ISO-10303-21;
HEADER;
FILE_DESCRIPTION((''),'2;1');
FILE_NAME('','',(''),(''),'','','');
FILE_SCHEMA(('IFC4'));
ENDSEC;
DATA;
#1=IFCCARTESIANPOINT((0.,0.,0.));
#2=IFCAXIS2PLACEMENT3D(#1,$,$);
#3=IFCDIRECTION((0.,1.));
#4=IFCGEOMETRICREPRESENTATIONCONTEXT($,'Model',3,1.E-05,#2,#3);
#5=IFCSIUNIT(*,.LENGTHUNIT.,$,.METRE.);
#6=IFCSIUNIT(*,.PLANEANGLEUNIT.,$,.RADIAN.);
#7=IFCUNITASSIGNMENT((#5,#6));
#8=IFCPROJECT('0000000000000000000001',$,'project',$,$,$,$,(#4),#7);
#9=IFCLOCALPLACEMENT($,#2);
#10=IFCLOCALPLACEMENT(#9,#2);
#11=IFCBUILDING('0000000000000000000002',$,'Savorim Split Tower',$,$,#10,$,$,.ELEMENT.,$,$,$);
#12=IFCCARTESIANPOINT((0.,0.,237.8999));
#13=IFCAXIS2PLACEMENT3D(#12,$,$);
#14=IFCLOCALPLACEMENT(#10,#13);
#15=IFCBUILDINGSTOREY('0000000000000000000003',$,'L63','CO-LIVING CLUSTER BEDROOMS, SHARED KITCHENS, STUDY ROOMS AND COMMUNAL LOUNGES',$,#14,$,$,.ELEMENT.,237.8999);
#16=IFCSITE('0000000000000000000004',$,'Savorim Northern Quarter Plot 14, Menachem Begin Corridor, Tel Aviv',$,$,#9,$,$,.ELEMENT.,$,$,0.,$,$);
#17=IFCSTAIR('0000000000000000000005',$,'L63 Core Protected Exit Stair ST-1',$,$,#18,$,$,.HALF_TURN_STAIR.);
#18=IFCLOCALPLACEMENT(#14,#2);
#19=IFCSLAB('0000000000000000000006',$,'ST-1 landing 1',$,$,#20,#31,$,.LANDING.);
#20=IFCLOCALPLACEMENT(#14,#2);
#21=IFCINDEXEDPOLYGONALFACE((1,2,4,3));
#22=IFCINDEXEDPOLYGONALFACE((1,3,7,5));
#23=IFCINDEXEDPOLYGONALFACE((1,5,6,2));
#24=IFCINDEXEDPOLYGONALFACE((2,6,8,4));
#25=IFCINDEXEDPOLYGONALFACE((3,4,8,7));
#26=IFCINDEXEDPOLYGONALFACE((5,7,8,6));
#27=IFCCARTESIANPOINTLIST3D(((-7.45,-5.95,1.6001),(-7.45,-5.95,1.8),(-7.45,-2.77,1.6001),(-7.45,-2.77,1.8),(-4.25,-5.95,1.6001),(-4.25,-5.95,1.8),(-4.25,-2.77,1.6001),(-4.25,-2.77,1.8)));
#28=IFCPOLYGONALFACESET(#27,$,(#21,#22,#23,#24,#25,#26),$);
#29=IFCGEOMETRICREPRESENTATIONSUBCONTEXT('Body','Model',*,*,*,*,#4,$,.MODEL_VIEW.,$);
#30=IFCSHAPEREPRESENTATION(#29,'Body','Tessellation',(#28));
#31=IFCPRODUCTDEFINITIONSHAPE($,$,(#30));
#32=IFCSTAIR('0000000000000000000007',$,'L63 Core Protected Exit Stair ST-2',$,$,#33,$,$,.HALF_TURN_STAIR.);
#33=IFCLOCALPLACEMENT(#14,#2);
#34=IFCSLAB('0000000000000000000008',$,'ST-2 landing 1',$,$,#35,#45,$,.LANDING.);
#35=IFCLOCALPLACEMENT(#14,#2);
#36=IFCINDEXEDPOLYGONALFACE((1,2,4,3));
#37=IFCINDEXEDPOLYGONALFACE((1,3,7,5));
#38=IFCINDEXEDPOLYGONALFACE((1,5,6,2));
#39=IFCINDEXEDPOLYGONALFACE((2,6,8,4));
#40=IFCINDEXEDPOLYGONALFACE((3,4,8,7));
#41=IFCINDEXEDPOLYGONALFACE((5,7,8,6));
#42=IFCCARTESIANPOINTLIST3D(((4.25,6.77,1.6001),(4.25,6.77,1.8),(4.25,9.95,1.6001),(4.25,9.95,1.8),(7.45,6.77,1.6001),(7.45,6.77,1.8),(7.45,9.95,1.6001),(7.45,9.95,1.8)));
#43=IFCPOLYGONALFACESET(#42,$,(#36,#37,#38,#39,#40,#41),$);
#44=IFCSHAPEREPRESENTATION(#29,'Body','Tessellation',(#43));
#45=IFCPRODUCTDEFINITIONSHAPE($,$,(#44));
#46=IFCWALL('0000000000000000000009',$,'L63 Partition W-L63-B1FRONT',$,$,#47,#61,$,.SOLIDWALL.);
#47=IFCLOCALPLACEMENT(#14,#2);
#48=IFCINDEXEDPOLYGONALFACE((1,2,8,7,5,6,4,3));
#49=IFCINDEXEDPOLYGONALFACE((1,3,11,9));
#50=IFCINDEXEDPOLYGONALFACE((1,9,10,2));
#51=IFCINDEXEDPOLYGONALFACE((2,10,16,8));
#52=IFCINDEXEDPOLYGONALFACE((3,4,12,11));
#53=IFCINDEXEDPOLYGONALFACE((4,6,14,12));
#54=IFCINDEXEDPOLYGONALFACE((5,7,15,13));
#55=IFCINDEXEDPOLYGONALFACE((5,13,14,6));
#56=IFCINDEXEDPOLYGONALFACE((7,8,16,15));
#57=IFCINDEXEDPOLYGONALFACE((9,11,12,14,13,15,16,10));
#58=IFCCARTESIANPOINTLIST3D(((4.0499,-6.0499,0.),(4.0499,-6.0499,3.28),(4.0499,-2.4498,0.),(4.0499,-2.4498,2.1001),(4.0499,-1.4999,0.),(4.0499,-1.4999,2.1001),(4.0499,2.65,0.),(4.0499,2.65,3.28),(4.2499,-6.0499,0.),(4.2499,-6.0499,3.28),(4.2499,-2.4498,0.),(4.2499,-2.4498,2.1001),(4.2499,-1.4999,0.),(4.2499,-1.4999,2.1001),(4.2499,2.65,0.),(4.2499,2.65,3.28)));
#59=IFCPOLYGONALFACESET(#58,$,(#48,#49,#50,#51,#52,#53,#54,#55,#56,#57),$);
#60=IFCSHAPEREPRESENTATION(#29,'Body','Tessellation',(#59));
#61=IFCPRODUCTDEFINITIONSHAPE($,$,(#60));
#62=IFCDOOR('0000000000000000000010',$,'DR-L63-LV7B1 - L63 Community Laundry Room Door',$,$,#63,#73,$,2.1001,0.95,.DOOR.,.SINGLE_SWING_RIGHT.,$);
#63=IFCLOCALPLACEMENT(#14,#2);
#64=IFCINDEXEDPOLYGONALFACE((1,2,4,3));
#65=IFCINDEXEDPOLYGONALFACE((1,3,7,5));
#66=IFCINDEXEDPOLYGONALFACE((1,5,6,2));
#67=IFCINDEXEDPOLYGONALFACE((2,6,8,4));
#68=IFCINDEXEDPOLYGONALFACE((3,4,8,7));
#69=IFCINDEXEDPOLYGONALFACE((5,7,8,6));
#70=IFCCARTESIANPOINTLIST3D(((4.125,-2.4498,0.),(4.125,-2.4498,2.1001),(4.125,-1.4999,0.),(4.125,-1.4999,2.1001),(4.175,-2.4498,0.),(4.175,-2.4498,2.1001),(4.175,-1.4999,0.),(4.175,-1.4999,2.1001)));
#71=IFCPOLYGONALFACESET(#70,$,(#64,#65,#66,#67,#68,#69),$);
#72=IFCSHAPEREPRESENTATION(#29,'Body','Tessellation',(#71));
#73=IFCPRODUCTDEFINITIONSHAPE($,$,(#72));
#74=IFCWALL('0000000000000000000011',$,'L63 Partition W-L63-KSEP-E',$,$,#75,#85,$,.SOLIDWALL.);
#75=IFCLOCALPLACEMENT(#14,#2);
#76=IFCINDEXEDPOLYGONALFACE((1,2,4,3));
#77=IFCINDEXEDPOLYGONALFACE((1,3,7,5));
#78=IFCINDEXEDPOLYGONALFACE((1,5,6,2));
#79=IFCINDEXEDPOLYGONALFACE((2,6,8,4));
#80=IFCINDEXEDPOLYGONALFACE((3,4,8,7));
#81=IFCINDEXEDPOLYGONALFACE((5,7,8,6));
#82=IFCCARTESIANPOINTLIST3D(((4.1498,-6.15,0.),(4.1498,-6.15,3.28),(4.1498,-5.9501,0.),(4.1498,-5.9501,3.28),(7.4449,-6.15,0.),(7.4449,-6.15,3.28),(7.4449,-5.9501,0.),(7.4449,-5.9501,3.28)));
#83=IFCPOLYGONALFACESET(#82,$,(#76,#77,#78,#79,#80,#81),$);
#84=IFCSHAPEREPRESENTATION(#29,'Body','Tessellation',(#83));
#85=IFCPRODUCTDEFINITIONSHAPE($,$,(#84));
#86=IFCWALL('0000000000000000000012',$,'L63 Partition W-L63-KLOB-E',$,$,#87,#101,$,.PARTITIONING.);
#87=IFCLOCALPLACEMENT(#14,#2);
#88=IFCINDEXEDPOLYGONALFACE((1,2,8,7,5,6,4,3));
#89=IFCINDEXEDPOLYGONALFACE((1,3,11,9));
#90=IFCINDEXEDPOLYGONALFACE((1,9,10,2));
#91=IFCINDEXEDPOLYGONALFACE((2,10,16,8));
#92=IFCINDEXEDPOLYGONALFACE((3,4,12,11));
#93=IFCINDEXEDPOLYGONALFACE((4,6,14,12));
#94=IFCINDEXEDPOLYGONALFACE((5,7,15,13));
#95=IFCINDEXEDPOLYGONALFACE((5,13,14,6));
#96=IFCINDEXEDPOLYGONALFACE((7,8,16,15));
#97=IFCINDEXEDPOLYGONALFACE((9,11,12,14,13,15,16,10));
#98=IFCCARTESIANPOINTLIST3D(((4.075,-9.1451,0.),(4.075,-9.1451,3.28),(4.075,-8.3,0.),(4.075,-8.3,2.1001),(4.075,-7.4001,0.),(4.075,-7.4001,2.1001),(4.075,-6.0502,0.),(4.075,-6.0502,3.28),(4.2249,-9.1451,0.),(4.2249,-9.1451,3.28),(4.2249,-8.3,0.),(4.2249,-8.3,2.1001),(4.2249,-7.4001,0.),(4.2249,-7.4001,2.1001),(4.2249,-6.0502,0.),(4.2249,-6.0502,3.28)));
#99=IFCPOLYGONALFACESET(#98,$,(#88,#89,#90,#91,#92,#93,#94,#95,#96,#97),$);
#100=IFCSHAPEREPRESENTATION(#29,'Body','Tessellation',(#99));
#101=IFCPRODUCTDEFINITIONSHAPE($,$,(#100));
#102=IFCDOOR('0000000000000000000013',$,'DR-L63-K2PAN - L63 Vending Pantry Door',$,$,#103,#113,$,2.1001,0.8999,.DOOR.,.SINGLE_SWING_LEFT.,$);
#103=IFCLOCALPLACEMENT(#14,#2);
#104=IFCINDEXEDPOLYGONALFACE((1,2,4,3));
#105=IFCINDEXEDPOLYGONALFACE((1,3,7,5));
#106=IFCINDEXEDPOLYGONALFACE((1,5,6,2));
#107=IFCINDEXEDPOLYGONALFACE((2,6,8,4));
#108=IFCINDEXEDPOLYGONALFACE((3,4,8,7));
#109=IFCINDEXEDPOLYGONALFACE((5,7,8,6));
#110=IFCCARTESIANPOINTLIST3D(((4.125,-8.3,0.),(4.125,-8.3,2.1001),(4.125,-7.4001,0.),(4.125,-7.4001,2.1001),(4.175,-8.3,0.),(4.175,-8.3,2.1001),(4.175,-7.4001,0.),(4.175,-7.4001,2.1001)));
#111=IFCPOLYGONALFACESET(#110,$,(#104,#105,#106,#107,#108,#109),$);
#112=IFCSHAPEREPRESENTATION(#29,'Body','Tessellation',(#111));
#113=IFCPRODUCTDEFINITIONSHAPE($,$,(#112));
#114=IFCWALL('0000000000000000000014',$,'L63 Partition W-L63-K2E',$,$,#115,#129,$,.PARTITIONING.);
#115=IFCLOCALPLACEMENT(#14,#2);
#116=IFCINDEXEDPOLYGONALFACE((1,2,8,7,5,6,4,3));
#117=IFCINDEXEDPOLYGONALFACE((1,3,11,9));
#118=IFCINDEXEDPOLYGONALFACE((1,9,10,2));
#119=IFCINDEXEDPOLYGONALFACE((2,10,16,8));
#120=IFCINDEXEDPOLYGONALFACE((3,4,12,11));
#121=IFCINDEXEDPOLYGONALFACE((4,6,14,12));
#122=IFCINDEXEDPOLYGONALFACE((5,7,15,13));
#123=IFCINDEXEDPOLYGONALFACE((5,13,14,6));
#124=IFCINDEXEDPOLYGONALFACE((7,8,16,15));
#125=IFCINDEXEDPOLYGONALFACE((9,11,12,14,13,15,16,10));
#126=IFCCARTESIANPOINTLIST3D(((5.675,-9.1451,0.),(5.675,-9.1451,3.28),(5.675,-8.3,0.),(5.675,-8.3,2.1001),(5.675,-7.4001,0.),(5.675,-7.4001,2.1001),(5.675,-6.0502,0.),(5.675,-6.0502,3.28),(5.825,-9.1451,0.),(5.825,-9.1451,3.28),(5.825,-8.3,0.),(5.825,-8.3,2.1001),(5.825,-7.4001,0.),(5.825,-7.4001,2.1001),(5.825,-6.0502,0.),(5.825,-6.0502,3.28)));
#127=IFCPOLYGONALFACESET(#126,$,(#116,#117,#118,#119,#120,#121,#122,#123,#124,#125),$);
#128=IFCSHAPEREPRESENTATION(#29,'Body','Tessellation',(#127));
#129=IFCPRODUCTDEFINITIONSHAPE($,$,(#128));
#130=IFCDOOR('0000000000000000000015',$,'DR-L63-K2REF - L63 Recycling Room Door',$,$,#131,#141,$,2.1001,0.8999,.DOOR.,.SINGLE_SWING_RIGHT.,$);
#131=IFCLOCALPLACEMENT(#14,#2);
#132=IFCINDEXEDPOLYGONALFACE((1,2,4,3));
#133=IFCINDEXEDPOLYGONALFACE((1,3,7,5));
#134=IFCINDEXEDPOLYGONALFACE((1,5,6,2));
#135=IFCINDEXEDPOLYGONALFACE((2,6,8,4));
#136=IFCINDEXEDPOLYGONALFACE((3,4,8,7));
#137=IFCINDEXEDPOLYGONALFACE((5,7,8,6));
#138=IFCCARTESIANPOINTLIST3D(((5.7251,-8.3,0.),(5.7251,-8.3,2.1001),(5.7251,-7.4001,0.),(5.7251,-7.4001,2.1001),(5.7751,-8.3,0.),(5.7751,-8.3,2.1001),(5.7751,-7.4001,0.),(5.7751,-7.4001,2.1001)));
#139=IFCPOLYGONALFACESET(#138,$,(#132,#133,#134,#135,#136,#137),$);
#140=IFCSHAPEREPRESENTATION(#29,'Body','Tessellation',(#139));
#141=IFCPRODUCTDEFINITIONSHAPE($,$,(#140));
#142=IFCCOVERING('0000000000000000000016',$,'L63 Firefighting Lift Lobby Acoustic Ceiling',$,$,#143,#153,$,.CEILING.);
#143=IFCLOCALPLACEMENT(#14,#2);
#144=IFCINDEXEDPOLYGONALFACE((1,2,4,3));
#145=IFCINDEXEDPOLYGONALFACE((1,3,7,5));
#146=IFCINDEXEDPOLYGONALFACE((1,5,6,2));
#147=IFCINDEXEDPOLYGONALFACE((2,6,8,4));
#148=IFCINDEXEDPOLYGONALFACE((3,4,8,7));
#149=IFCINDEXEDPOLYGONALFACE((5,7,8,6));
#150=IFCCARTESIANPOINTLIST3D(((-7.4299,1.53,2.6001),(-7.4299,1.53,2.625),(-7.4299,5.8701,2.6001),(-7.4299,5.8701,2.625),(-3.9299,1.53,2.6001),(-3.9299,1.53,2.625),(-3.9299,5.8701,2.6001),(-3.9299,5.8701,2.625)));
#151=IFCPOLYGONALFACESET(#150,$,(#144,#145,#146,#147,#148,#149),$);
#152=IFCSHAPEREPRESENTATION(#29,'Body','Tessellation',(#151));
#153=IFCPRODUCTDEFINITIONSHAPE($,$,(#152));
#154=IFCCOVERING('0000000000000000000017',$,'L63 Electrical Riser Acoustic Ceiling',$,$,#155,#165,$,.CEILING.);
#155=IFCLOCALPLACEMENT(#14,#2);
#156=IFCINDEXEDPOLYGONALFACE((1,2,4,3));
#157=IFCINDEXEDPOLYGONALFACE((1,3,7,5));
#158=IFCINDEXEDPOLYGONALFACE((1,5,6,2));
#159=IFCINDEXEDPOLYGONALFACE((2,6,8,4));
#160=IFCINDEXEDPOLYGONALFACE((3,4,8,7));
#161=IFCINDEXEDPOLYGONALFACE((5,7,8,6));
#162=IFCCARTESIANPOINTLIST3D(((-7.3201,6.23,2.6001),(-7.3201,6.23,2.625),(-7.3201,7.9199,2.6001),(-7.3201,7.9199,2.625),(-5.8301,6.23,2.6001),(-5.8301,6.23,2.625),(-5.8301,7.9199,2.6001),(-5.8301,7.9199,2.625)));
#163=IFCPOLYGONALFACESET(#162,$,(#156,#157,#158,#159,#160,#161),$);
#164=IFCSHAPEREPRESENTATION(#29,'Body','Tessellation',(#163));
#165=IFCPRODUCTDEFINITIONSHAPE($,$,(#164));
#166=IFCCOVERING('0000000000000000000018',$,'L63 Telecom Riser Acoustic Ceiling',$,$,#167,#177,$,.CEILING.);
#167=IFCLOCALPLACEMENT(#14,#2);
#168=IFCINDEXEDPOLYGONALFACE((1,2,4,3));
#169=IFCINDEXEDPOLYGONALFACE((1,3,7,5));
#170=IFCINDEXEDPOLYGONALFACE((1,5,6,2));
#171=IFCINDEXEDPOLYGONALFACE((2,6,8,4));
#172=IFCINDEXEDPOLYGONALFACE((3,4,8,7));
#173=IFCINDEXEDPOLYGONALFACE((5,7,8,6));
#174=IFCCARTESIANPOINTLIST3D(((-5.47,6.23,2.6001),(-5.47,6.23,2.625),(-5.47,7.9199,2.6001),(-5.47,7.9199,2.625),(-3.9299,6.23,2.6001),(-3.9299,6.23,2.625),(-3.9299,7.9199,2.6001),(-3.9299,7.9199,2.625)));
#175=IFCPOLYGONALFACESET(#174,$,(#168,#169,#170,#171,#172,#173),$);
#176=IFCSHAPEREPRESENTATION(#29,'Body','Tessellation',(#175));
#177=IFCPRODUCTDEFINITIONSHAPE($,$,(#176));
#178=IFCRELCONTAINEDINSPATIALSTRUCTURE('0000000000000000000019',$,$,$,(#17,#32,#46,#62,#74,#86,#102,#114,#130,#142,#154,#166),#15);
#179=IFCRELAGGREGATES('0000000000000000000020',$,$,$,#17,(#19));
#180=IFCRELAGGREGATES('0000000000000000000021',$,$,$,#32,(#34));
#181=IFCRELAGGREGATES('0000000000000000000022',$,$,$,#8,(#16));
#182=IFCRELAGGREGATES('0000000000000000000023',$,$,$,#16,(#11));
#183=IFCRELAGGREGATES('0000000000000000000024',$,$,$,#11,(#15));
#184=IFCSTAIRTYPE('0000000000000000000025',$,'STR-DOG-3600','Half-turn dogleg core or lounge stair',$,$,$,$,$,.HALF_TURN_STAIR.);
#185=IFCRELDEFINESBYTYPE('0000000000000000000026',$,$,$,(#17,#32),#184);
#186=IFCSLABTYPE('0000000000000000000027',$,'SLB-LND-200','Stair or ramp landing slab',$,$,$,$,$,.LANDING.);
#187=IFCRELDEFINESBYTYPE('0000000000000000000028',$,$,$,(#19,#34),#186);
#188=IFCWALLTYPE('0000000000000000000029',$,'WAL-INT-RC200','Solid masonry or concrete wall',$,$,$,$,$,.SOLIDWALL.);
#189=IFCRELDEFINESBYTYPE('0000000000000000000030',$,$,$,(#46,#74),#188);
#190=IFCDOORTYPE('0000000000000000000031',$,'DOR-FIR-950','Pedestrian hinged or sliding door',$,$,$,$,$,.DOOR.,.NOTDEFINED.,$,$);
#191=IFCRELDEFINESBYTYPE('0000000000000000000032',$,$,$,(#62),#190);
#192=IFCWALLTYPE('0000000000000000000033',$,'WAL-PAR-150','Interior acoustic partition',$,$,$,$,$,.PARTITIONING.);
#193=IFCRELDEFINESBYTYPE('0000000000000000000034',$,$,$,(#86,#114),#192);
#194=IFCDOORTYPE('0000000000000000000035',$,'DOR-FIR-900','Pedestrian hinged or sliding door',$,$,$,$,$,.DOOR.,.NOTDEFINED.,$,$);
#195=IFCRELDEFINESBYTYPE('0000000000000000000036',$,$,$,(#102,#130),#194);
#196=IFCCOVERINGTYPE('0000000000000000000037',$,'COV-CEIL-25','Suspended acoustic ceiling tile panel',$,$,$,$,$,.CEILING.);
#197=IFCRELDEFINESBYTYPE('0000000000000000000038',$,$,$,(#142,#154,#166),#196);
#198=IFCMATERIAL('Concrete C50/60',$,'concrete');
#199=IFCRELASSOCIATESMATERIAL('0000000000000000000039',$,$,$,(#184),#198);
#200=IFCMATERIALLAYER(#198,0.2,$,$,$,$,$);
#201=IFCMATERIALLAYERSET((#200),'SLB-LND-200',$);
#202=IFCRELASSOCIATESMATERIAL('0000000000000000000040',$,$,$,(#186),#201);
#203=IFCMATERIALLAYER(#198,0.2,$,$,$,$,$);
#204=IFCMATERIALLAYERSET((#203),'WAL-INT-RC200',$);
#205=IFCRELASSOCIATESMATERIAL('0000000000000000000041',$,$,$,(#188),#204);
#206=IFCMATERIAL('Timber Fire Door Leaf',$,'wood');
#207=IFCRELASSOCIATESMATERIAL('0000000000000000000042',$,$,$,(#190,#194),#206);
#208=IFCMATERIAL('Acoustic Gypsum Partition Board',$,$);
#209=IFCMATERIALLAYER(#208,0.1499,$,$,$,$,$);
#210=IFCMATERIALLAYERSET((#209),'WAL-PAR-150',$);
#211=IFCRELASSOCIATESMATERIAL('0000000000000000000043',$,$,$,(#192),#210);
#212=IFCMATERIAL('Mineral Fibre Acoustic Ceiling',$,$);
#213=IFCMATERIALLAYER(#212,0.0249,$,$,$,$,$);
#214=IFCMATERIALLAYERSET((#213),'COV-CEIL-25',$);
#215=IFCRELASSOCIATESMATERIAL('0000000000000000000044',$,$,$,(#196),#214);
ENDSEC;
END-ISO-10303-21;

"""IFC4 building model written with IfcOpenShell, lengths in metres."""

from ifc_helpers import new_model, si_unit, direction, frame, frame_2d, origin, place, context, subcontext, project, spatial, polyline, rectangle, outline, extrude, material, layer, layer_set, type_object, element, fill, aggregate, save


model = new_model("IFC4")

# Units and contexts
model_context = context("Model", 3, precision=1e-05, world=origin(), true_north=direction((0.0, 1.0)))
body_context = subcontext(model_context, "Body", "Model", "MODEL_VIEW")
ifc_project = project(units=[si_unit("LENGTHUNIT", "METRE"), si_unit("PLANEANGLEUNIT", "RADIAN")], contexts=[model_context])

# Site, building, storey
site_placement = place(None, origin())
site = spatial("IfcSite", under=ifc_project, at=site_placement, Name="Savorim Northern Quarter Plot 14, Menachem Begin Corridor, Tel Aviv", CompositionType="ELEMENT", RefElevation=0.0)
building_placement = place(site_placement, origin())
building = spatial("IfcBuilding", under=site, at=building_placement, Name="Savorim Split Tower", CompositionType="ELEMENT")
storey_placement = place(building_placement, frame((0.0, 0.0, 237.8999)))
storey = spatial("IfcBuildingStorey", under=building, at=storey_placement, Name="L63", Description="CO-LIVING CLUSTER BEDROOMS, SHARED KITCHENS, STUDY ROOMS AND COMMUNAL LOUNGES", CompositionType="ELEMENT", Elevation=237.8999)

# Stairs, slabs
ifc_material_1 = material(Name="Concrete C50/60", Category="concrete")
stair_type = type_object("IfcStairType", Name="STR-DOG-3600", Description="Half-turn dogleg core or lounge stair", PredefinedType="HALF_TURN_STAIR", material=ifc_material_1)
stair_1_placement = place(storey_placement, origin())
stair_1 = element("IfcStair", 1, at=stair_1_placement, inside=storey, type_object=stair_type, Name="L63 Core Protected Exit Stair ST-1", PredefinedType="HALF_TURN_STAIR")
ifc_layer_1 = layer(ifc_material_1, 0.2)
ifc_layer_set_1 = layer_set([ifc_layer_1], Name="SLB-LND-200")
slab_type = type_object("IfcSlabType", Name="SLB-LND-200", Description="Stair or ramp landing slab", PredefinedType="LANDING", material=ifc_layer_set_1)
slab_1_placement = place(storey_placement, frame((0.0, 0.0, 1.6001)))
slab_1 = element("IfcSlab", 2, at=slab_1_placement, type_object=slab_type, Name="ST-1 landing 1", PredefinedType="LANDING", context=body_context, shape_type="SweptSolid", body=[
    extrude(outline(polyline([(-7.45, -2.77), (-7.45, -5.95), (-4.25, -5.95), (-4.25, -2.77), (-7.45, -2.77)])), origin(), (0.0, 0.0, 1.0), 0.2),
])
aggregate(stair_1, [slab_1])
stair_2_placement = place(storey_placement, origin())
stair_2 = element("IfcStair", 3, at=stair_2_placement, inside=storey, type_object=stair_type, Name="L63 Core Protected Exit Stair ST-2", PredefinedType="HALF_TURN_STAIR")
slab_2_placement = place(storey_placement, frame((0.0, 0.0, 1.6001)))
slab_2 = element("IfcSlab", 4, at=slab_2_placement, type_object=slab_type, Name="ST-2 landing 1", PredefinedType="LANDING", context=body_context, shape_type="SweptSolid", body=[
    extrude(outline(polyline([(7.45, 6.77), (7.45, 9.95), (4.25, 9.95), (4.25, 6.77), (7.45, 6.77)])), origin(), (0.0, 0.0, 1.0), 0.2),
])
aggregate(stair_2, [slab_2])

# Wall, opening, door
ifc_layer_2 = layer(ifc_material_1, 0.2)
ifc_layer_set_2 = layer_set([ifc_layer_2], Name="WAL-INT-RC200")
wall_type_1 = type_object("IfcWallType", Name="WAL-INT-RC200", Description="Solid masonry or concrete wall", PredefinedType="SOLIDWALL", material=ifc_layer_set_2)
wall_1_placement = place(storey_placement, frame((4.1499, -6.05, 0.0), z_axis=(0.0, 0.0, 1.0), x_axis=(0.0, 1.0, 0.0)))
wall_1 = element("IfcWall", 5, at=wall_1_placement, inside=storey, type_object=wall_type_1, Name="L63 Partition W-L63-B1FRONT", PredefinedType="SOLIDWALL", context=body_context, shape_type="SweptSolid", body=[
    extrude(rectangle(XDim=8.7, YDim=0.2, at=frame_2d((4.3501, 0.0))), origin(), (0.0, 0.0, 1.0), 3.28),
])
opening_1_placement = place(wall_1_placement, frame((3.6001, 0.0, 0.0)))
opening_1 = element("IfcOpeningElement", 6, at=opening_1_placement, cuts=wall_1, PredefinedType="OPENING", context=body_context, shape_type="SweptSolid", body=[
    extrude(rectangle(XDim=0.95, YDim=2.1001, at=frame_2d((0.4751, 1.05))), frame((0.0, 0.1099, 0.0), z_axis=(0.0, -1.0, 0.0), x_axis=(1.0, 0.0, 0.0)), (0.0, 0.0, 1.0), 0.22),
])
ifc_material_2 = material(Name="Timber Fire Door Leaf", Category="wood")
door_type_1 = type_object("IfcDoorType", Name="DOR-FIR-950", Description="Pedestrian hinged or sliding door", OperationType="NOTDEFINED", PredefinedType="DOOR", material=ifc_material_2)
door_1_placement = place(opening_1_placement, origin())
door_1 = element("IfcDoor", 7, at=door_1_placement, inside=storey, type_object=door_type_1, Name="DR-L63-LV7B1 - L63 Community Laundry Room Door", OperationType="SINGLE_SWING_RIGHT", OverallHeight=2.1001, OverallWidth=0.95, PredefinedType="DOOR", context=body_context, shape_type="SweptSolid", body=[
    extrude(rectangle(XDim=0.95, YDim=2.1001, at=frame_2d((0.4751, 1.05))), frame((0.0, 0.0249, 0.0), z_axis=(0.0, -1.0, 0.0), x_axis=(1.0, 0.0, 0.0)), (0.0, 0.0, 1.0), 0.05),
])
fill(opening_1, door_1)

# Wall
wall_2_placement = place(storey_placement, frame((4.1499, -6.05, 0.0), z_axis=(0.0, 0.0, 1.0), x_axis=(1.0, 0.0, 0.0)))
element("IfcWall", 8, at=wall_2_placement, inside=storey, type_object=wall_type_1, Name="L63 Partition W-L63-KSEP-E", PredefinedType="SOLIDWALL", context=body_context, shape_type="SweptSolid", body=[
    extrude(rectangle(XDim=3.2952, YDim=0.2, at=frame_2d((1.6475, 0.0))), origin(), (0.0, 0.0, 1.0), 3.28),
])

# Walls, openings, doors
ifc_material_3 = material(Name="Acoustic Gypsum Partition Board")
ifc_layer_3 = layer(ifc_material_3, 0.1499)
ifc_layer_set_3 = layer_set([ifc_layer_3], Name="WAL-PAR-150")
wall_type_2 = type_object("IfcWallType", Name="WAL-PAR-150", Description="Interior acoustic partition", PredefinedType="PARTITIONING", material=ifc_layer_set_3)
wall_3_placement = place(storey_placement, frame((4.1499, -9.145, 0.0), z_axis=(0.0, 0.0, 1.0), x_axis=(0.0, 1.0, 0.0)))
wall_3 = element("IfcWall", 9, at=wall_3_placement, inside=storey, type_object=wall_type_2, Name="L63 Partition W-L63-KLOB-E", PredefinedType="PARTITIONING", context=body_context, shape_type="SweptSolid", body=[
    extrude(rectangle(XDim=3.095, YDim=0.1499, at=frame_2d((1.5474, 0.0))), origin(), (0.0, 0.0, 1.0), 3.28),
])
opening_2_placement = place(wall_3_placement, frame((0.845, 0.0, 0.0)))
opening_2 = element("IfcOpeningElement", 10, at=opening_2_placement, cuts=wall_3, PredefinedType="OPENING", context=body_context, shape_type="SweptSolid", body=[
    extrude(rectangle(XDim=0.8999, YDim=2.1001, at=frame_2d((0.45, 1.05))), frame((0.0, 0.085, 0.0), z_axis=(0.0, -1.0, 0.0), x_axis=(1.0, 0.0, 0.0)), (0.0, 0.0, 1.0), 0.1699),
])
door_type_2 = type_object("IfcDoorType", Name="DOR-FIR-900", Description="Pedestrian hinged or sliding door", OperationType="NOTDEFINED", PredefinedType="DOOR", material=ifc_material_2)
door_2_placement = place(opening_2_placement, origin())
door_2 = element("IfcDoor", 11, at=door_2_placement, inside=storey, type_object=door_type_2, Name="DR-L63-K2PAN - L63 Vending Pantry Door", OperationType="SINGLE_SWING_LEFT", OverallHeight=2.1001, OverallWidth=0.8999, PredefinedType="DOOR", context=body_context, shape_type="SweptSolid", body=[
    extrude(rectangle(XDim=0.8999, YDim=2.1001, at=frame_2d((0.45, 1.05))), frame((0.0, 0.0249, 0.0), z_axis=(0.0, -1.0, 0.0), x_axis=(1.0, 0.0, 0.0)), (0.0, 0.0, 1.0), 0.05),
])
fill(opening_2, door_2)
wall_4_placement = place(storey_placement, frame((5.75, -9.145, 0.0), z_axis=(0.0, 0.0, 1.0), x_axis=(0.0, 1.0, 0.0)))
wall_4 = element("IfcWall", 12, at=wall_4_placement, inside=storey, type_object=wall_type_2, Name="L63 Partition W-L63-K2E", PredefinedType="PARTITIONING", context=body_context, shape_type="SweptSolid", body=[
    extrude(rectangle(XDim=3.095, YDim=0.1499, at=frame_2d((1.5474, 0.0))), origin(), (0.0, 0.0, 1.0), 3.28),
])
opening_3_placement = place(wall_4_placement, frame((0.845, 0.0, 0.0)))
opening_3 = element("IfcOpeningElement", 13, at=opening_3_placement, cuts=wall_4, PredefinedType="OPENING", context=body_context, shape_type="SweptSolid", body=[
    extrude(rectangle(XDim=0.8999, YDim=2.1001, at=frame_2d((0.45, 1.05))), frame((0.0, 0.085, 0.0), z_axis=(0.0, -1.0, 0.0), x_axis=(1.0, 0.0, 0.0)), (0.0, 0.0, 1.0), 0.1699),
])
door_3_placement = place(opening_3_placement, origin())
door_3 = element("IfcDoor", 14, at=door_3_placement, inside=storey, type_object=door_type_2, Name="DR-L63-K2REF - L63 Recycling Room Door", OperationType="SINGLE_SWING_RIGHT", OverallHeight=2.1001, OverallWidth=0.8999, PredefinedType="DOOR", context=body_context, shape_type="SweptSolid", body=[
    extrude(rectangle(XDim=0.8999, YDim=2.1001, at=frame_2d((0.45, 1.05))), frame((0.0, 0.0249, 0.0), z_axis=(0.0, -1.0, 0.0), x_axis=(1.0, 0.0, 0.0)), (0.0, 0.0, 1.0), 0.05),
])
fill(opening_3, door_3)

# Coverings
ifc_material_4 = material(Name="Mineral Fibre Acoustic Ceiling")
ifc_layer_4 = layer(ifc_material_4, 0.0249)
ifc_layer_set_4 = layer_set([ifc_layer_4], Name="COV-CEIL-25")
covering_type_1 = type_object("IfcCoveringType", Name="COV-CEIL-25", Description="Suspended acoustic ceiling tile panel", PredefinedType="CEILING", material=ifc_layer_set_4)
covering_1_placement = place(storey_placement, frame((0.0, 0.0, 2.6001)))
element("IfcCovering", 15, at=covering_1_placement, inside=storey, type_object=covering_type_1, Name="L63 Firefighting Lift Lobby Acoustic Ceiling", PredefinedType="CEILING", context=body_context, shape_type="SweptSolid", body=[
    extrude(outline(polyline([(-7.4299, 5.8701), (-7.4299, 1.53), (-3.9299, 1.53), (-3.9299, 5.8701), (-7.4299, 5.8701)])), origin(), (0.0, 0.0, 1.0), 0.0249),
])
covering_2_placement = place(storey_placement, frame((0.0, 0.0, 2.6001)))
element("IfcCovering", 16, at=covering_2_placement, inside=storey, type_object=covering_type_1, Name="L63 Electrical Riser Acoustic Ceiling", PredefinedType="CEILING", context=body_context, shape_type="SweptSolid", body=[
    extrude(outline(polyline([(-7.3201, 7.9199), (-7.3201, 6.23), (-5.8301, 6.23), (-5.8301, 7.9199), (-7.3201, 7.9199)])), origin(), (0.0, 0.0, 1.0), 0.0249),
])
covering_3_placement = place(storey_placement, frame((0.0, 0.0, 2.6001)))
element("IfcCovering", 17, at=covering_3_placement, inside=storey, type_object=covering_type_1, Name="L63 Telecom Riser Acoustic Ceiling", PredefinedType="CEILING", context=body_context, shape_type="SweptSolid", body=[
    extrude(outline(polyline([(-5.47, 7.9199), (-5.47, 6.23), (-3.9299, 6.23), (-3.9299, 7.9199), (-5.47, 7.9199)])), origin(), (0.0, 0.0, 1.0), 0.0249),
])

save(model, "model.ifc")
